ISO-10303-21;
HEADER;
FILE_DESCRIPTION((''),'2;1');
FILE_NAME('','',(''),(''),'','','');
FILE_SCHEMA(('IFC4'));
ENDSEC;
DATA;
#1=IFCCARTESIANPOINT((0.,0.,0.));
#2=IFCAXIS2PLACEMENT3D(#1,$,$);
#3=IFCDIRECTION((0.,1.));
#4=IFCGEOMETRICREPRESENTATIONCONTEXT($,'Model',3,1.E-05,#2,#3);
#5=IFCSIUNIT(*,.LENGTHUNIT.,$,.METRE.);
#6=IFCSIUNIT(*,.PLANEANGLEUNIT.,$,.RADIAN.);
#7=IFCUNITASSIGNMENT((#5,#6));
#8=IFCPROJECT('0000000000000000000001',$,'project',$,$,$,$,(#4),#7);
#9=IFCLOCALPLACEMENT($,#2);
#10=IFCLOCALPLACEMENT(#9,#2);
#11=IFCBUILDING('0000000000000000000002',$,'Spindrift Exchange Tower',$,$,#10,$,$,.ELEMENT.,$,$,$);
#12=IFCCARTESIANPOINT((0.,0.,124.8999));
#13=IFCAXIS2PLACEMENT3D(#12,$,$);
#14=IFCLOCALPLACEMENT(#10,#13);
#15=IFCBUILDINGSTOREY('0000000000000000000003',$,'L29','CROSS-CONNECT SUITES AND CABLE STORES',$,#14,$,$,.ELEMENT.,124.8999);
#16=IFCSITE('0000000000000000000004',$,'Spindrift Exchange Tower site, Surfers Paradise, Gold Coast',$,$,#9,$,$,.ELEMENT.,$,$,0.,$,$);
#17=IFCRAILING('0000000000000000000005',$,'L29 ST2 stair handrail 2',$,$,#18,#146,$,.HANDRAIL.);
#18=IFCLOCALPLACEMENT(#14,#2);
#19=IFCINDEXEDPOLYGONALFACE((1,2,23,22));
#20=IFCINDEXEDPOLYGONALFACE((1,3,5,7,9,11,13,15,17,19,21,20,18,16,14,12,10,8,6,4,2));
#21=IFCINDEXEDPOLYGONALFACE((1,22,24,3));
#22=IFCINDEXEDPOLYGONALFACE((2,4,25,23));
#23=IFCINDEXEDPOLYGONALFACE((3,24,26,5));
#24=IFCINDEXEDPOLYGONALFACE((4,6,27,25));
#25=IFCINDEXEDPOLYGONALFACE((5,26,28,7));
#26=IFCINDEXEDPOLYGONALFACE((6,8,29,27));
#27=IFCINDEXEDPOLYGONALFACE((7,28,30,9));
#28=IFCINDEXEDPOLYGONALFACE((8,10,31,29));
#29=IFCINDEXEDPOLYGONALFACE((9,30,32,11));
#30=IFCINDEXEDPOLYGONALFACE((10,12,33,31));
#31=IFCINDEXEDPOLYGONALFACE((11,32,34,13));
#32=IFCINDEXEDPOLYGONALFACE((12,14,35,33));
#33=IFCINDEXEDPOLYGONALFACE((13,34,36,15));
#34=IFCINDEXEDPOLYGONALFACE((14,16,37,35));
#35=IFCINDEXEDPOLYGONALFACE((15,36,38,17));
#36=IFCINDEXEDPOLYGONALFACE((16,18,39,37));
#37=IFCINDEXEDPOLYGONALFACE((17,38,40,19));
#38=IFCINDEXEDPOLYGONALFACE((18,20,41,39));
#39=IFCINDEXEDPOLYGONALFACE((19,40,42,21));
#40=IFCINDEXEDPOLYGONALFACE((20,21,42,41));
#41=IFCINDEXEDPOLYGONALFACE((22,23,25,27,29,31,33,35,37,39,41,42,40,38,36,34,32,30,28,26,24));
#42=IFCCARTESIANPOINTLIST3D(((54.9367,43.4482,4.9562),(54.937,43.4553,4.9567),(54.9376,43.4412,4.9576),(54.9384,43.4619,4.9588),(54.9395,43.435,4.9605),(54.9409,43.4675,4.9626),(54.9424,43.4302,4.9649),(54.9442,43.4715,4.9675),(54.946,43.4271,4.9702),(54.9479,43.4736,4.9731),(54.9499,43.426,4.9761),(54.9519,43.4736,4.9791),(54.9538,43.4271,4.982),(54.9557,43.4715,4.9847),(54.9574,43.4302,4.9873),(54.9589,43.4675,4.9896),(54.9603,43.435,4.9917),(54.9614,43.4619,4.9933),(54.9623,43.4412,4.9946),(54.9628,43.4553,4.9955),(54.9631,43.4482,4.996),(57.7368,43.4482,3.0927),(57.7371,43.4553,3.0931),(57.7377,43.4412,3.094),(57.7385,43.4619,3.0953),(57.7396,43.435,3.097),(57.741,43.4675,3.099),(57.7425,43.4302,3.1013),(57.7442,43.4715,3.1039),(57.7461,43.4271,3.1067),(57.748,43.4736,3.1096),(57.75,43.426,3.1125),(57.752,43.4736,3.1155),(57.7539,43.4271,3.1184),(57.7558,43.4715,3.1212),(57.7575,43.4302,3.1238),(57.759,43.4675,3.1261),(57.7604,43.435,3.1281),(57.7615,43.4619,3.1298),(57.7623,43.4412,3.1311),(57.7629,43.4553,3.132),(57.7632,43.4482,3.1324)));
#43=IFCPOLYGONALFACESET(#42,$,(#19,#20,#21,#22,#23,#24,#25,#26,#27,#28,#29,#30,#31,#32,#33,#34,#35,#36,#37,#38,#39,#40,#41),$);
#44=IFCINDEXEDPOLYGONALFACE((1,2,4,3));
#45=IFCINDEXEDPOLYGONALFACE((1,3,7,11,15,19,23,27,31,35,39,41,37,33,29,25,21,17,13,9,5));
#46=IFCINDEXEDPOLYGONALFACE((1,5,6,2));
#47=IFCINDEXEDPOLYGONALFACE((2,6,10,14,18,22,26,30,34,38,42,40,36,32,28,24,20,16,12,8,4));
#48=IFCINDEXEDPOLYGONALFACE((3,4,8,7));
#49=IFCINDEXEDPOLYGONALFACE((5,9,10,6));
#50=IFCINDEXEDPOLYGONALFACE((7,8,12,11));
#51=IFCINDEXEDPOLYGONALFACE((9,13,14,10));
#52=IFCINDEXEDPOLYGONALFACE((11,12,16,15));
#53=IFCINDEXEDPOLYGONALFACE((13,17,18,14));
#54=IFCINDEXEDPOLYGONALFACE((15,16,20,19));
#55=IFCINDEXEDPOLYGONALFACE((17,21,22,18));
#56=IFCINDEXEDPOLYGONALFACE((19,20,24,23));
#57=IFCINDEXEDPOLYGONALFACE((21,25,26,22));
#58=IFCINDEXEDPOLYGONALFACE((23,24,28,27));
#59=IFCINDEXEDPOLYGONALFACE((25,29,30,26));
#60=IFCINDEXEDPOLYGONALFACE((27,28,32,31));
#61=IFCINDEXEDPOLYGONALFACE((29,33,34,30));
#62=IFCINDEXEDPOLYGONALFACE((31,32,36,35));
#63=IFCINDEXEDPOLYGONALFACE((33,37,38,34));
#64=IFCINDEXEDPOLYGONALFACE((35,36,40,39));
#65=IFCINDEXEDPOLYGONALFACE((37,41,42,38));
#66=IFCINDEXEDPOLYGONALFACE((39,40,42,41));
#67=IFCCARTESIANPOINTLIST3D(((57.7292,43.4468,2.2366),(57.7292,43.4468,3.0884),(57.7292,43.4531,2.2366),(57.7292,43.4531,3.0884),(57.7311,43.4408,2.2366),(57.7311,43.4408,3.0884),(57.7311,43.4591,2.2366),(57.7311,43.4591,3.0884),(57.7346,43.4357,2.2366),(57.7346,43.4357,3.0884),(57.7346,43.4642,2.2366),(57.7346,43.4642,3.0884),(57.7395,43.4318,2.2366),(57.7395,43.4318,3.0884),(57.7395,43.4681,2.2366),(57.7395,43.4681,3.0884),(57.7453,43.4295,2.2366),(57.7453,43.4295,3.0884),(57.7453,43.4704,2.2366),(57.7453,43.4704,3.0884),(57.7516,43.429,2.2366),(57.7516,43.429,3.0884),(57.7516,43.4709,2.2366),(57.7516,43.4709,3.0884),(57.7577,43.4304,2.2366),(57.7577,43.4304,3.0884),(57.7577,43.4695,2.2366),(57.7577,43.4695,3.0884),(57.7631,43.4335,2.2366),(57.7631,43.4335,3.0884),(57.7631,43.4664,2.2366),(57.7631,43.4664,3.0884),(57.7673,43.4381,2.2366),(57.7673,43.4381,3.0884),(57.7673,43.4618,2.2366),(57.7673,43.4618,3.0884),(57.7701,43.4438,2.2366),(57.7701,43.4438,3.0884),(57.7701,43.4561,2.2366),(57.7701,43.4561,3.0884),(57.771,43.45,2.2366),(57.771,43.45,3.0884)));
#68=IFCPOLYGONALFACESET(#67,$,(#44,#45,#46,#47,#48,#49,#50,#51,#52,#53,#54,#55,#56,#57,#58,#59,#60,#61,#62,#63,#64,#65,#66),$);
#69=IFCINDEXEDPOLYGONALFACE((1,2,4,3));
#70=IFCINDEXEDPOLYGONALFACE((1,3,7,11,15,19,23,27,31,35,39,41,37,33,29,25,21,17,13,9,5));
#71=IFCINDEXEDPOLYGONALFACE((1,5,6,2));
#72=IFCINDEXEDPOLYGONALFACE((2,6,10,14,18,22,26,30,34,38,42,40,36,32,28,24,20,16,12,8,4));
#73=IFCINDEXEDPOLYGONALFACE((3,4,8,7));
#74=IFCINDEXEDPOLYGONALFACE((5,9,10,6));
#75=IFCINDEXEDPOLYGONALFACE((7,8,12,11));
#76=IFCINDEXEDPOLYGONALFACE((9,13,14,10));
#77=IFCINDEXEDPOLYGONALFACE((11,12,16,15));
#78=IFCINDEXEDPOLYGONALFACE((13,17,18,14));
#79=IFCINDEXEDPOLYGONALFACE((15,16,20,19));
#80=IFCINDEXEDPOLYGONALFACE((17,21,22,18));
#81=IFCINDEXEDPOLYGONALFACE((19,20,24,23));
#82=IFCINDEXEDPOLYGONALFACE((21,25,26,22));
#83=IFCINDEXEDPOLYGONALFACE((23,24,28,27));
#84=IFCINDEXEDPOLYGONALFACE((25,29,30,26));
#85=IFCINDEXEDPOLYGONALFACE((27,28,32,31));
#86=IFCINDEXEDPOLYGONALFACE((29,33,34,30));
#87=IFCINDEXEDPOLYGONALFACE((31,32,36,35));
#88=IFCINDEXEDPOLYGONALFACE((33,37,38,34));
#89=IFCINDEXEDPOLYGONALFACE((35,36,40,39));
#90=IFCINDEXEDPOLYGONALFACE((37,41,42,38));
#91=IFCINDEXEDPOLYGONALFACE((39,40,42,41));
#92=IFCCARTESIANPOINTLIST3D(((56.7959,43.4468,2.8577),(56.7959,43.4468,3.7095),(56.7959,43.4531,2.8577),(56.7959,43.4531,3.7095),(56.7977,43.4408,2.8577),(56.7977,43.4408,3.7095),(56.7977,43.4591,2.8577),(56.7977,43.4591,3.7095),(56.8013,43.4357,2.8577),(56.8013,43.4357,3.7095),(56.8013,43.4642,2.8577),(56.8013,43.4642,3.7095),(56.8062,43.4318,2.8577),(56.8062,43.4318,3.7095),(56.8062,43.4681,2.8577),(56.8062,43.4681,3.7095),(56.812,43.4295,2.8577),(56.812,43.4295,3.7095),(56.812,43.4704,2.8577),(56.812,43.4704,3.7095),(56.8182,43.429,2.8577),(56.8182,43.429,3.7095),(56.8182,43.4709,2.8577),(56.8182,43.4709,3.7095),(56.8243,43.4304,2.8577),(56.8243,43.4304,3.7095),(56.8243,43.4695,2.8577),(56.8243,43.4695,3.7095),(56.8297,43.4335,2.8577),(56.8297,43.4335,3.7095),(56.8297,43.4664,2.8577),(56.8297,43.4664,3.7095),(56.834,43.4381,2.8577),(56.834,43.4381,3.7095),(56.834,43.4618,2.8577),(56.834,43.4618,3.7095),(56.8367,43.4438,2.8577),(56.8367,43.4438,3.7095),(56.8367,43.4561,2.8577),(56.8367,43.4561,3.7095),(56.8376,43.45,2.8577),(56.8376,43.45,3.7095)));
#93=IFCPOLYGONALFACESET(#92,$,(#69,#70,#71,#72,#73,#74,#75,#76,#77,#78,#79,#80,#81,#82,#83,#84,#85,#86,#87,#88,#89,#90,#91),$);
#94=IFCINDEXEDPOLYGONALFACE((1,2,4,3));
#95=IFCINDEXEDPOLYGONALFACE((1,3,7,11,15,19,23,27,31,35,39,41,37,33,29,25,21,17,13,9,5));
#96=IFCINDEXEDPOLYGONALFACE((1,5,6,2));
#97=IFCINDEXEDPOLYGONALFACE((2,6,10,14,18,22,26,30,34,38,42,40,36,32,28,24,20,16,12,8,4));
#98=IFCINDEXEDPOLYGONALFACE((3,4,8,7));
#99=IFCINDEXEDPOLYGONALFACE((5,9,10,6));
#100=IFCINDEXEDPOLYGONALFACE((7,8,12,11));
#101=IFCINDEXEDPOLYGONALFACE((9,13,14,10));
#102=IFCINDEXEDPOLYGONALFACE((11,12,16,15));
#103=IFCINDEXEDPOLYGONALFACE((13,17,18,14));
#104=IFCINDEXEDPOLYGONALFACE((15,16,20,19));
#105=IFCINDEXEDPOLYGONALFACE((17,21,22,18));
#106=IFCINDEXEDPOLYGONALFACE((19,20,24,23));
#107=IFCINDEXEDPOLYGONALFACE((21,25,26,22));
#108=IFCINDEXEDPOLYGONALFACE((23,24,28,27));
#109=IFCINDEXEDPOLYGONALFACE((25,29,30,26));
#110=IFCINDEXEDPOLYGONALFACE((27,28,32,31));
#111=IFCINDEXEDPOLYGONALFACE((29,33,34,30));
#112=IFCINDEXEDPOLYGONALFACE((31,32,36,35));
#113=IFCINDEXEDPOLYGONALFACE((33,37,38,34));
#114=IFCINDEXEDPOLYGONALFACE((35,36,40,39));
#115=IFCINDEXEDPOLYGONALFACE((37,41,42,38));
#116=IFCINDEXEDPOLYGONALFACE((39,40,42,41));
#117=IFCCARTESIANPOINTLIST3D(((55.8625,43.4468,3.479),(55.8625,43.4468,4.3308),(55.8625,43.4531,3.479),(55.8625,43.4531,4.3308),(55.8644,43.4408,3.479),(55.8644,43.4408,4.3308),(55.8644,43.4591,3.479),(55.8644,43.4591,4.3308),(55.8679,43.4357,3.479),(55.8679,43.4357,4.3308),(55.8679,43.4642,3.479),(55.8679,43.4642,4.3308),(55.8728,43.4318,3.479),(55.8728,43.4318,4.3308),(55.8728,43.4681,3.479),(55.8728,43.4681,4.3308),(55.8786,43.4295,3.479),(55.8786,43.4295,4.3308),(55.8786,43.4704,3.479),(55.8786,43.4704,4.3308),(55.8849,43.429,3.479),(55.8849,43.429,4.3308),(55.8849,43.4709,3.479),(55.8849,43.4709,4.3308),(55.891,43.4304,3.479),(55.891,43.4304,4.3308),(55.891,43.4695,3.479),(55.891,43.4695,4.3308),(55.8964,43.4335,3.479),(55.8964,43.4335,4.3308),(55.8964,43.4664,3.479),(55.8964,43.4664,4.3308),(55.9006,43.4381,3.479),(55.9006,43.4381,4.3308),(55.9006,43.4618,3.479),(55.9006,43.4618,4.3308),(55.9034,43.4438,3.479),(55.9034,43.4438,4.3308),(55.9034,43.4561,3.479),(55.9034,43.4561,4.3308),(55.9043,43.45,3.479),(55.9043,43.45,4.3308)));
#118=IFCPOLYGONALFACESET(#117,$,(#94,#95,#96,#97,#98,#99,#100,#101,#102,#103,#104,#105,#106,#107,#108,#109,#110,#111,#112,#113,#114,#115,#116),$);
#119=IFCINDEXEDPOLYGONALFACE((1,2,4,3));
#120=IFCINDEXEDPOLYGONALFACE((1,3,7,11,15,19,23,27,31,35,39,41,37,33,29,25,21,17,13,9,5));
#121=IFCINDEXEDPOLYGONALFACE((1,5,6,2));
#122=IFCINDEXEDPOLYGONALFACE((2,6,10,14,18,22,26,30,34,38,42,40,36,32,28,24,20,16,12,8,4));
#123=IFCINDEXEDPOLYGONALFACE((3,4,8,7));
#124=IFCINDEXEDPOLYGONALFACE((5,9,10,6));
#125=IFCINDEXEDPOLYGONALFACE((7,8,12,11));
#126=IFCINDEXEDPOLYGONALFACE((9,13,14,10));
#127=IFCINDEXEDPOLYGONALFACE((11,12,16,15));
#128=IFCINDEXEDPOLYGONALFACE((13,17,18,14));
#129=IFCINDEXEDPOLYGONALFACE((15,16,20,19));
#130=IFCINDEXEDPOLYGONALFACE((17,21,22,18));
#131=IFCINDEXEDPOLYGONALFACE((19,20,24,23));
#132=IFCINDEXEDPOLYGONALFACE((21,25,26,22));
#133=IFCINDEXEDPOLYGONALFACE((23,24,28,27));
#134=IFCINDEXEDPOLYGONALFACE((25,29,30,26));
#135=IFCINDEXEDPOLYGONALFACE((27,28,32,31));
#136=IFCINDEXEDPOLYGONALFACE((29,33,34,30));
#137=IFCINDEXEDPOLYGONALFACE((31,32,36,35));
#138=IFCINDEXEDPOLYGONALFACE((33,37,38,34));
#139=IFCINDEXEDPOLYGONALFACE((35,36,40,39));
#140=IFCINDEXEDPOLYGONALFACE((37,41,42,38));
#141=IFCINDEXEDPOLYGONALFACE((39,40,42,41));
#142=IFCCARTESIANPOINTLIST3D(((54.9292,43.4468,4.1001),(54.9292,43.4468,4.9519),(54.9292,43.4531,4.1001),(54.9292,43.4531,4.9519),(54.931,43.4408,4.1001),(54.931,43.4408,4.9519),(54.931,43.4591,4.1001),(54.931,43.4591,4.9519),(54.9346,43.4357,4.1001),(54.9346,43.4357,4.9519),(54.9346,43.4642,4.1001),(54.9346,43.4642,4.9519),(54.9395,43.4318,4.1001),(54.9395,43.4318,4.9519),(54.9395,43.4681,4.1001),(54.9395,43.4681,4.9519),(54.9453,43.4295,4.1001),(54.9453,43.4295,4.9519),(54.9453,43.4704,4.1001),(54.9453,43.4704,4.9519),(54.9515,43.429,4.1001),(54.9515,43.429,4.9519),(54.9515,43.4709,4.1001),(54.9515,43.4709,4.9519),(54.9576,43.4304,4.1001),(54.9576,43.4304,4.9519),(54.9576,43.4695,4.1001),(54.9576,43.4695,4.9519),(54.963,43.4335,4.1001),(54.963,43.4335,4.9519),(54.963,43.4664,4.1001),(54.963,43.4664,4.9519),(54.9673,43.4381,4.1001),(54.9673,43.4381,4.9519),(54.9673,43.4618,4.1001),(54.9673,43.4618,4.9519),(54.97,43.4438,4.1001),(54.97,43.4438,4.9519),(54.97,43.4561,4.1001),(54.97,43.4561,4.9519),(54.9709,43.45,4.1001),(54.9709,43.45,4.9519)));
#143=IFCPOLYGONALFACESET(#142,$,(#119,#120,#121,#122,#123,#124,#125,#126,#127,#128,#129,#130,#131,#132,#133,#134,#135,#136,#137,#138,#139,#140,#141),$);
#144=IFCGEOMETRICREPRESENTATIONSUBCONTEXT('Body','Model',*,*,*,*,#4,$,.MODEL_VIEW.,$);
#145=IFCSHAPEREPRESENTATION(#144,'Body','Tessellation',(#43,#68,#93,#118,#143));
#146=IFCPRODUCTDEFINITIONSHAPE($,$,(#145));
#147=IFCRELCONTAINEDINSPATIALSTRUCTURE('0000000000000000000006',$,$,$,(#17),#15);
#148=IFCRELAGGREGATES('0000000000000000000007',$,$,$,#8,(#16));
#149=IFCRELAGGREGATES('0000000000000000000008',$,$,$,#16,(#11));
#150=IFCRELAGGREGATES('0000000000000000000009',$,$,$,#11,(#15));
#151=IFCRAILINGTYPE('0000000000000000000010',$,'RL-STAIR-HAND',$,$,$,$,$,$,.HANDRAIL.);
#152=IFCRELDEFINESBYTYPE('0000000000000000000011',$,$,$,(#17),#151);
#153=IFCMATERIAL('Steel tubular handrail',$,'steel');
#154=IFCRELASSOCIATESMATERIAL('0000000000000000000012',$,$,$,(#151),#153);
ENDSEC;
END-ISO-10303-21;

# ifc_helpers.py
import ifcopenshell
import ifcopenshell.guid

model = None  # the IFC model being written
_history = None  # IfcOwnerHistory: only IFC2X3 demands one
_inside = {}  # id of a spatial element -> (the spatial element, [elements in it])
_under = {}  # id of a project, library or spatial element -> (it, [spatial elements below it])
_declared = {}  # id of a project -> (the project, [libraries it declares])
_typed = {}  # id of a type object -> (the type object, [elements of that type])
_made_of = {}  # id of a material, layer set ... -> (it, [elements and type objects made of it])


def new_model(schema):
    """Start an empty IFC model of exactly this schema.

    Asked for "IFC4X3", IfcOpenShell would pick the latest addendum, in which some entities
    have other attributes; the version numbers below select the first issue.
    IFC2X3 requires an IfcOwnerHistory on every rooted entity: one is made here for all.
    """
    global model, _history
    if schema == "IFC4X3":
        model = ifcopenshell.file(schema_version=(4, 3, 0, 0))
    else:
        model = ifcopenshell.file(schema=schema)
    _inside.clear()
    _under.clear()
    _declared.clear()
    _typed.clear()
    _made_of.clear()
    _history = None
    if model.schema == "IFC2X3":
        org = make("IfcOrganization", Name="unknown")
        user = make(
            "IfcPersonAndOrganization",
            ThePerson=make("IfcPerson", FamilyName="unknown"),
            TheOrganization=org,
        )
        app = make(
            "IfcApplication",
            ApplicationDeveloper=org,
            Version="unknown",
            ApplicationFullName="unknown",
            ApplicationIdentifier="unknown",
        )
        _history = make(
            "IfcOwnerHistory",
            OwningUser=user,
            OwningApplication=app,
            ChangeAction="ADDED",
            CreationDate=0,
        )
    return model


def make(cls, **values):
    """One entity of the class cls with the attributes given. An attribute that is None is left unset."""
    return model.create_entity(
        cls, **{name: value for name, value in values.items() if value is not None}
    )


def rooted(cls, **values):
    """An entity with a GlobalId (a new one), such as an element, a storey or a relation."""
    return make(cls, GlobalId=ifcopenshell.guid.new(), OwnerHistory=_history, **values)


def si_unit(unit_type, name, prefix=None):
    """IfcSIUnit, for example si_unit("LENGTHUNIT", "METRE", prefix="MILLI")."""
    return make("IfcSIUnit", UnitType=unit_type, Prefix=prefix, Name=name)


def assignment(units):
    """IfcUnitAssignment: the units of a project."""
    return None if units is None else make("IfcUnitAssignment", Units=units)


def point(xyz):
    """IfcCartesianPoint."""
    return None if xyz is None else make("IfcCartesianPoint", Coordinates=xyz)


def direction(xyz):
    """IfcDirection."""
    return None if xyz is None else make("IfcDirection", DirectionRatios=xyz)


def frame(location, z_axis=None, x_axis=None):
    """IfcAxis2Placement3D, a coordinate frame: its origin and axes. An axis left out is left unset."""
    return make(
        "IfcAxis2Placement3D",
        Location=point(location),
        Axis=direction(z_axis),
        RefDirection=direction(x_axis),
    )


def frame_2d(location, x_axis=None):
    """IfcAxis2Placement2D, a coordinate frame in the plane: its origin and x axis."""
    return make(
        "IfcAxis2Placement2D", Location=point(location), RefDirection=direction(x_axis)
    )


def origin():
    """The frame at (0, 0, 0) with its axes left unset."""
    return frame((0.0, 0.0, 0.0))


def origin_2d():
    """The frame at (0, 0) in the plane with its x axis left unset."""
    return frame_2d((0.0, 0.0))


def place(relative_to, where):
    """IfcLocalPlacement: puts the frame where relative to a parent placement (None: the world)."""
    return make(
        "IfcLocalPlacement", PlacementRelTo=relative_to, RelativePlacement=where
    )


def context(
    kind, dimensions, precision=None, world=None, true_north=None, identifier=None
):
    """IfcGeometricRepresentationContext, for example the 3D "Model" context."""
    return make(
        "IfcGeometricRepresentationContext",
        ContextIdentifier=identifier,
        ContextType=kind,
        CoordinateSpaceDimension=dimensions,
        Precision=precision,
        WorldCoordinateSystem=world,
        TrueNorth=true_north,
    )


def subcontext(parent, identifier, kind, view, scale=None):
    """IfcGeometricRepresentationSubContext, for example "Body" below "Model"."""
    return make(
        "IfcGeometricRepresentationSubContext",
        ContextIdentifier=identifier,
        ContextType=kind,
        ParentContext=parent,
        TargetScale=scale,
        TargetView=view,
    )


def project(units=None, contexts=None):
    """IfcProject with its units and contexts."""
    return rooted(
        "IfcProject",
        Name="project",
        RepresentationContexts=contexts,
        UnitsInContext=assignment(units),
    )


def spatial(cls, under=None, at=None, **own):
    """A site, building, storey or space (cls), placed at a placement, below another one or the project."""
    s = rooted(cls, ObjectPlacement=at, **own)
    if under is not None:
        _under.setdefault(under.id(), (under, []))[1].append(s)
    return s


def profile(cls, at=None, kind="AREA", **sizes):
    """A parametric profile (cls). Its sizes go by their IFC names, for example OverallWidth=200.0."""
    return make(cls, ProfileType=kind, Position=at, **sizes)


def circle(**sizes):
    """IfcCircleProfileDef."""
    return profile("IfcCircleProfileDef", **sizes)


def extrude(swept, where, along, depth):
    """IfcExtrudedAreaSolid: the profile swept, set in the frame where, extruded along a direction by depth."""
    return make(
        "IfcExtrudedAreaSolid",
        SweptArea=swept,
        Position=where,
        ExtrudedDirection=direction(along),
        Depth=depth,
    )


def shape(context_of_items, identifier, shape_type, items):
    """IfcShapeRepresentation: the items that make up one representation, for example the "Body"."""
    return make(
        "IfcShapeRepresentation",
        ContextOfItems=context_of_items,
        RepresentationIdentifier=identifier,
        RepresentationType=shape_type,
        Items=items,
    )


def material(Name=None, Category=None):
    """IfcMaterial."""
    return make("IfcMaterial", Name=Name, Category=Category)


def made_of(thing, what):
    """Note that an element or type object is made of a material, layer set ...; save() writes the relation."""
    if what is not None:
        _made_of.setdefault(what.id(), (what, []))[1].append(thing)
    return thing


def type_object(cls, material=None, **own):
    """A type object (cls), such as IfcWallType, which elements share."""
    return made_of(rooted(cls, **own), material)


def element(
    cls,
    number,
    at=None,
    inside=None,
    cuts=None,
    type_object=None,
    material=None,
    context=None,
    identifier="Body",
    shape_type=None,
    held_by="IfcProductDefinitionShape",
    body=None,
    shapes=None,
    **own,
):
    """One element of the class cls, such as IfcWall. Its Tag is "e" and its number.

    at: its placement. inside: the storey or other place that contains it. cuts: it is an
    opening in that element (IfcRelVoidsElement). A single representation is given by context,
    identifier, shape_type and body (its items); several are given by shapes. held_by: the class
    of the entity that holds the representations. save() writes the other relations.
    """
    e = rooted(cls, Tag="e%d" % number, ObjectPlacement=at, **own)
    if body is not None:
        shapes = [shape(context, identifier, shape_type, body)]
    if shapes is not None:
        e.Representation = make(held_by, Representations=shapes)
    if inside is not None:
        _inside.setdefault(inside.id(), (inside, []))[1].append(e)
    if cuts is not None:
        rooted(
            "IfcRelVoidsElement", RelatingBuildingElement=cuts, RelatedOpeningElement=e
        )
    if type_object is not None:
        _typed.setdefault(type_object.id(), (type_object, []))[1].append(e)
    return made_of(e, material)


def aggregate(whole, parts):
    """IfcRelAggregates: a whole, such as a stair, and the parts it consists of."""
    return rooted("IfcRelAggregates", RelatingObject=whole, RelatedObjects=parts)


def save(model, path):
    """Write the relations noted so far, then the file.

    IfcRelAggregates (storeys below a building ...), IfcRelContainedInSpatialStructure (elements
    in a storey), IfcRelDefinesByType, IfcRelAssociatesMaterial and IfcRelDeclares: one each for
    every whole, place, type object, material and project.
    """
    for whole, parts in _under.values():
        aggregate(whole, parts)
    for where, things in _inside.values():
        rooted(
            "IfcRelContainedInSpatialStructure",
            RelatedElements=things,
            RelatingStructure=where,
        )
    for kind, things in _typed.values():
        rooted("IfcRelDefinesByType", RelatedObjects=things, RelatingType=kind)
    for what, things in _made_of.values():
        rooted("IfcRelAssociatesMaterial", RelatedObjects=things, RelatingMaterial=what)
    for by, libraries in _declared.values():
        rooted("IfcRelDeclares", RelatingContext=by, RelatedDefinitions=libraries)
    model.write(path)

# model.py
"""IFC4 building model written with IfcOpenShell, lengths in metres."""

from ifc_helpers import new_model, si_unit, direction, frame, origin, origin_2d, place, context, subcontext, project, spatial, circle, extrude, material, type_object, element, save


model = new_model("IFC4")

# Units and contexts
model_context = context("Model", 3, precision=1e-05, world=origin(), true_north=direction((0.0, 1.0)))
body_context = subcontext(model_context, "Body", "Model", "MODEL_VIEW")
ifc_project = project(units=[si_unit("LENGTHUNIT", "METRE"), si_unit("PLANEANGLEUNIT", "RADIAN")], contexts=[model_context])

# Site, building, storey
site_placement = place(None, origin())
site = spatial("IfcSite", under=ifc_project, at=site_placement, Name="Spindrift Exchange Tower site, Surfers Paradise, Gold Coast", CompositionType="ELEMENT", RefElevation=0.0)
building_placement = place(site_placement, origin())
building = spatial("IfcBuilding", under=site, at=building_placement, Name="Spindrift Exchange Tower", CompositionType="ELEMENT")
storey_placement = place(building_placement, frame((0.0, 0.0, 124.8999)))
storey = spatial("IfcBuildingStorey", under=building, at=storey_placement, Name="L29", Description="CROSS-CONNECT SUITES AND CABLE STORES", CompositionType="ELEMENT", Elevation=124.8999)

# Railing
ifc_material_1 = material(Name="Steel tubular handrail", Category="steel")
railing_type_1 = type_object("IfcRailingType", Name="RL-STAIR-HAND", PredefinedType="HANDRAIL", material=ifc_material_1)
railing_1_placement = place(storey_placement, frame((57.75, 43.45, 2.2366)))
element("IfcRailing", 1, at=railing_1_placement, inside=storey, type_object=railing_type_1, Name="L29 ST2 stair handrail 2", PredefinedType="HANDRAIL", context=body_context, shape_type="SweptSolid", body=[
    extrude(circle(Radius=0.0239, at=origin_2d()), frame((0.0, 0.0, 0.876), z_axis=(-0.832486, 0.0, 0.554047), x_axis=(0.0, -1.0, 0.0)), (0.0, 0.0, 1.0), 3.3635),
    extrude(circle(Radius=0.021, at=origin_2d()), origin(), (0.0, 0.0, 1.0), 0.8518),
    extrude(circle(Radius=0.021, at=origin_2d()), frame((-0.9333, 0.0, 0.6211)), (0.0, 0.0, 1.0), 0.8518),
    extrude(circle(Radius=0.021, at=origin_2d()), frame((-1.8667, 0.0, 1.2424)), (0.0, 0.0, 1.0), 0.8518),
    extrude(circle(Radius=0.021, at=origin_2d()), frame((-2.8, 0.0, 1.8635)), (0.0, 0.0, 1.0), 0.8518),
])

save(model, "model.ifc")
